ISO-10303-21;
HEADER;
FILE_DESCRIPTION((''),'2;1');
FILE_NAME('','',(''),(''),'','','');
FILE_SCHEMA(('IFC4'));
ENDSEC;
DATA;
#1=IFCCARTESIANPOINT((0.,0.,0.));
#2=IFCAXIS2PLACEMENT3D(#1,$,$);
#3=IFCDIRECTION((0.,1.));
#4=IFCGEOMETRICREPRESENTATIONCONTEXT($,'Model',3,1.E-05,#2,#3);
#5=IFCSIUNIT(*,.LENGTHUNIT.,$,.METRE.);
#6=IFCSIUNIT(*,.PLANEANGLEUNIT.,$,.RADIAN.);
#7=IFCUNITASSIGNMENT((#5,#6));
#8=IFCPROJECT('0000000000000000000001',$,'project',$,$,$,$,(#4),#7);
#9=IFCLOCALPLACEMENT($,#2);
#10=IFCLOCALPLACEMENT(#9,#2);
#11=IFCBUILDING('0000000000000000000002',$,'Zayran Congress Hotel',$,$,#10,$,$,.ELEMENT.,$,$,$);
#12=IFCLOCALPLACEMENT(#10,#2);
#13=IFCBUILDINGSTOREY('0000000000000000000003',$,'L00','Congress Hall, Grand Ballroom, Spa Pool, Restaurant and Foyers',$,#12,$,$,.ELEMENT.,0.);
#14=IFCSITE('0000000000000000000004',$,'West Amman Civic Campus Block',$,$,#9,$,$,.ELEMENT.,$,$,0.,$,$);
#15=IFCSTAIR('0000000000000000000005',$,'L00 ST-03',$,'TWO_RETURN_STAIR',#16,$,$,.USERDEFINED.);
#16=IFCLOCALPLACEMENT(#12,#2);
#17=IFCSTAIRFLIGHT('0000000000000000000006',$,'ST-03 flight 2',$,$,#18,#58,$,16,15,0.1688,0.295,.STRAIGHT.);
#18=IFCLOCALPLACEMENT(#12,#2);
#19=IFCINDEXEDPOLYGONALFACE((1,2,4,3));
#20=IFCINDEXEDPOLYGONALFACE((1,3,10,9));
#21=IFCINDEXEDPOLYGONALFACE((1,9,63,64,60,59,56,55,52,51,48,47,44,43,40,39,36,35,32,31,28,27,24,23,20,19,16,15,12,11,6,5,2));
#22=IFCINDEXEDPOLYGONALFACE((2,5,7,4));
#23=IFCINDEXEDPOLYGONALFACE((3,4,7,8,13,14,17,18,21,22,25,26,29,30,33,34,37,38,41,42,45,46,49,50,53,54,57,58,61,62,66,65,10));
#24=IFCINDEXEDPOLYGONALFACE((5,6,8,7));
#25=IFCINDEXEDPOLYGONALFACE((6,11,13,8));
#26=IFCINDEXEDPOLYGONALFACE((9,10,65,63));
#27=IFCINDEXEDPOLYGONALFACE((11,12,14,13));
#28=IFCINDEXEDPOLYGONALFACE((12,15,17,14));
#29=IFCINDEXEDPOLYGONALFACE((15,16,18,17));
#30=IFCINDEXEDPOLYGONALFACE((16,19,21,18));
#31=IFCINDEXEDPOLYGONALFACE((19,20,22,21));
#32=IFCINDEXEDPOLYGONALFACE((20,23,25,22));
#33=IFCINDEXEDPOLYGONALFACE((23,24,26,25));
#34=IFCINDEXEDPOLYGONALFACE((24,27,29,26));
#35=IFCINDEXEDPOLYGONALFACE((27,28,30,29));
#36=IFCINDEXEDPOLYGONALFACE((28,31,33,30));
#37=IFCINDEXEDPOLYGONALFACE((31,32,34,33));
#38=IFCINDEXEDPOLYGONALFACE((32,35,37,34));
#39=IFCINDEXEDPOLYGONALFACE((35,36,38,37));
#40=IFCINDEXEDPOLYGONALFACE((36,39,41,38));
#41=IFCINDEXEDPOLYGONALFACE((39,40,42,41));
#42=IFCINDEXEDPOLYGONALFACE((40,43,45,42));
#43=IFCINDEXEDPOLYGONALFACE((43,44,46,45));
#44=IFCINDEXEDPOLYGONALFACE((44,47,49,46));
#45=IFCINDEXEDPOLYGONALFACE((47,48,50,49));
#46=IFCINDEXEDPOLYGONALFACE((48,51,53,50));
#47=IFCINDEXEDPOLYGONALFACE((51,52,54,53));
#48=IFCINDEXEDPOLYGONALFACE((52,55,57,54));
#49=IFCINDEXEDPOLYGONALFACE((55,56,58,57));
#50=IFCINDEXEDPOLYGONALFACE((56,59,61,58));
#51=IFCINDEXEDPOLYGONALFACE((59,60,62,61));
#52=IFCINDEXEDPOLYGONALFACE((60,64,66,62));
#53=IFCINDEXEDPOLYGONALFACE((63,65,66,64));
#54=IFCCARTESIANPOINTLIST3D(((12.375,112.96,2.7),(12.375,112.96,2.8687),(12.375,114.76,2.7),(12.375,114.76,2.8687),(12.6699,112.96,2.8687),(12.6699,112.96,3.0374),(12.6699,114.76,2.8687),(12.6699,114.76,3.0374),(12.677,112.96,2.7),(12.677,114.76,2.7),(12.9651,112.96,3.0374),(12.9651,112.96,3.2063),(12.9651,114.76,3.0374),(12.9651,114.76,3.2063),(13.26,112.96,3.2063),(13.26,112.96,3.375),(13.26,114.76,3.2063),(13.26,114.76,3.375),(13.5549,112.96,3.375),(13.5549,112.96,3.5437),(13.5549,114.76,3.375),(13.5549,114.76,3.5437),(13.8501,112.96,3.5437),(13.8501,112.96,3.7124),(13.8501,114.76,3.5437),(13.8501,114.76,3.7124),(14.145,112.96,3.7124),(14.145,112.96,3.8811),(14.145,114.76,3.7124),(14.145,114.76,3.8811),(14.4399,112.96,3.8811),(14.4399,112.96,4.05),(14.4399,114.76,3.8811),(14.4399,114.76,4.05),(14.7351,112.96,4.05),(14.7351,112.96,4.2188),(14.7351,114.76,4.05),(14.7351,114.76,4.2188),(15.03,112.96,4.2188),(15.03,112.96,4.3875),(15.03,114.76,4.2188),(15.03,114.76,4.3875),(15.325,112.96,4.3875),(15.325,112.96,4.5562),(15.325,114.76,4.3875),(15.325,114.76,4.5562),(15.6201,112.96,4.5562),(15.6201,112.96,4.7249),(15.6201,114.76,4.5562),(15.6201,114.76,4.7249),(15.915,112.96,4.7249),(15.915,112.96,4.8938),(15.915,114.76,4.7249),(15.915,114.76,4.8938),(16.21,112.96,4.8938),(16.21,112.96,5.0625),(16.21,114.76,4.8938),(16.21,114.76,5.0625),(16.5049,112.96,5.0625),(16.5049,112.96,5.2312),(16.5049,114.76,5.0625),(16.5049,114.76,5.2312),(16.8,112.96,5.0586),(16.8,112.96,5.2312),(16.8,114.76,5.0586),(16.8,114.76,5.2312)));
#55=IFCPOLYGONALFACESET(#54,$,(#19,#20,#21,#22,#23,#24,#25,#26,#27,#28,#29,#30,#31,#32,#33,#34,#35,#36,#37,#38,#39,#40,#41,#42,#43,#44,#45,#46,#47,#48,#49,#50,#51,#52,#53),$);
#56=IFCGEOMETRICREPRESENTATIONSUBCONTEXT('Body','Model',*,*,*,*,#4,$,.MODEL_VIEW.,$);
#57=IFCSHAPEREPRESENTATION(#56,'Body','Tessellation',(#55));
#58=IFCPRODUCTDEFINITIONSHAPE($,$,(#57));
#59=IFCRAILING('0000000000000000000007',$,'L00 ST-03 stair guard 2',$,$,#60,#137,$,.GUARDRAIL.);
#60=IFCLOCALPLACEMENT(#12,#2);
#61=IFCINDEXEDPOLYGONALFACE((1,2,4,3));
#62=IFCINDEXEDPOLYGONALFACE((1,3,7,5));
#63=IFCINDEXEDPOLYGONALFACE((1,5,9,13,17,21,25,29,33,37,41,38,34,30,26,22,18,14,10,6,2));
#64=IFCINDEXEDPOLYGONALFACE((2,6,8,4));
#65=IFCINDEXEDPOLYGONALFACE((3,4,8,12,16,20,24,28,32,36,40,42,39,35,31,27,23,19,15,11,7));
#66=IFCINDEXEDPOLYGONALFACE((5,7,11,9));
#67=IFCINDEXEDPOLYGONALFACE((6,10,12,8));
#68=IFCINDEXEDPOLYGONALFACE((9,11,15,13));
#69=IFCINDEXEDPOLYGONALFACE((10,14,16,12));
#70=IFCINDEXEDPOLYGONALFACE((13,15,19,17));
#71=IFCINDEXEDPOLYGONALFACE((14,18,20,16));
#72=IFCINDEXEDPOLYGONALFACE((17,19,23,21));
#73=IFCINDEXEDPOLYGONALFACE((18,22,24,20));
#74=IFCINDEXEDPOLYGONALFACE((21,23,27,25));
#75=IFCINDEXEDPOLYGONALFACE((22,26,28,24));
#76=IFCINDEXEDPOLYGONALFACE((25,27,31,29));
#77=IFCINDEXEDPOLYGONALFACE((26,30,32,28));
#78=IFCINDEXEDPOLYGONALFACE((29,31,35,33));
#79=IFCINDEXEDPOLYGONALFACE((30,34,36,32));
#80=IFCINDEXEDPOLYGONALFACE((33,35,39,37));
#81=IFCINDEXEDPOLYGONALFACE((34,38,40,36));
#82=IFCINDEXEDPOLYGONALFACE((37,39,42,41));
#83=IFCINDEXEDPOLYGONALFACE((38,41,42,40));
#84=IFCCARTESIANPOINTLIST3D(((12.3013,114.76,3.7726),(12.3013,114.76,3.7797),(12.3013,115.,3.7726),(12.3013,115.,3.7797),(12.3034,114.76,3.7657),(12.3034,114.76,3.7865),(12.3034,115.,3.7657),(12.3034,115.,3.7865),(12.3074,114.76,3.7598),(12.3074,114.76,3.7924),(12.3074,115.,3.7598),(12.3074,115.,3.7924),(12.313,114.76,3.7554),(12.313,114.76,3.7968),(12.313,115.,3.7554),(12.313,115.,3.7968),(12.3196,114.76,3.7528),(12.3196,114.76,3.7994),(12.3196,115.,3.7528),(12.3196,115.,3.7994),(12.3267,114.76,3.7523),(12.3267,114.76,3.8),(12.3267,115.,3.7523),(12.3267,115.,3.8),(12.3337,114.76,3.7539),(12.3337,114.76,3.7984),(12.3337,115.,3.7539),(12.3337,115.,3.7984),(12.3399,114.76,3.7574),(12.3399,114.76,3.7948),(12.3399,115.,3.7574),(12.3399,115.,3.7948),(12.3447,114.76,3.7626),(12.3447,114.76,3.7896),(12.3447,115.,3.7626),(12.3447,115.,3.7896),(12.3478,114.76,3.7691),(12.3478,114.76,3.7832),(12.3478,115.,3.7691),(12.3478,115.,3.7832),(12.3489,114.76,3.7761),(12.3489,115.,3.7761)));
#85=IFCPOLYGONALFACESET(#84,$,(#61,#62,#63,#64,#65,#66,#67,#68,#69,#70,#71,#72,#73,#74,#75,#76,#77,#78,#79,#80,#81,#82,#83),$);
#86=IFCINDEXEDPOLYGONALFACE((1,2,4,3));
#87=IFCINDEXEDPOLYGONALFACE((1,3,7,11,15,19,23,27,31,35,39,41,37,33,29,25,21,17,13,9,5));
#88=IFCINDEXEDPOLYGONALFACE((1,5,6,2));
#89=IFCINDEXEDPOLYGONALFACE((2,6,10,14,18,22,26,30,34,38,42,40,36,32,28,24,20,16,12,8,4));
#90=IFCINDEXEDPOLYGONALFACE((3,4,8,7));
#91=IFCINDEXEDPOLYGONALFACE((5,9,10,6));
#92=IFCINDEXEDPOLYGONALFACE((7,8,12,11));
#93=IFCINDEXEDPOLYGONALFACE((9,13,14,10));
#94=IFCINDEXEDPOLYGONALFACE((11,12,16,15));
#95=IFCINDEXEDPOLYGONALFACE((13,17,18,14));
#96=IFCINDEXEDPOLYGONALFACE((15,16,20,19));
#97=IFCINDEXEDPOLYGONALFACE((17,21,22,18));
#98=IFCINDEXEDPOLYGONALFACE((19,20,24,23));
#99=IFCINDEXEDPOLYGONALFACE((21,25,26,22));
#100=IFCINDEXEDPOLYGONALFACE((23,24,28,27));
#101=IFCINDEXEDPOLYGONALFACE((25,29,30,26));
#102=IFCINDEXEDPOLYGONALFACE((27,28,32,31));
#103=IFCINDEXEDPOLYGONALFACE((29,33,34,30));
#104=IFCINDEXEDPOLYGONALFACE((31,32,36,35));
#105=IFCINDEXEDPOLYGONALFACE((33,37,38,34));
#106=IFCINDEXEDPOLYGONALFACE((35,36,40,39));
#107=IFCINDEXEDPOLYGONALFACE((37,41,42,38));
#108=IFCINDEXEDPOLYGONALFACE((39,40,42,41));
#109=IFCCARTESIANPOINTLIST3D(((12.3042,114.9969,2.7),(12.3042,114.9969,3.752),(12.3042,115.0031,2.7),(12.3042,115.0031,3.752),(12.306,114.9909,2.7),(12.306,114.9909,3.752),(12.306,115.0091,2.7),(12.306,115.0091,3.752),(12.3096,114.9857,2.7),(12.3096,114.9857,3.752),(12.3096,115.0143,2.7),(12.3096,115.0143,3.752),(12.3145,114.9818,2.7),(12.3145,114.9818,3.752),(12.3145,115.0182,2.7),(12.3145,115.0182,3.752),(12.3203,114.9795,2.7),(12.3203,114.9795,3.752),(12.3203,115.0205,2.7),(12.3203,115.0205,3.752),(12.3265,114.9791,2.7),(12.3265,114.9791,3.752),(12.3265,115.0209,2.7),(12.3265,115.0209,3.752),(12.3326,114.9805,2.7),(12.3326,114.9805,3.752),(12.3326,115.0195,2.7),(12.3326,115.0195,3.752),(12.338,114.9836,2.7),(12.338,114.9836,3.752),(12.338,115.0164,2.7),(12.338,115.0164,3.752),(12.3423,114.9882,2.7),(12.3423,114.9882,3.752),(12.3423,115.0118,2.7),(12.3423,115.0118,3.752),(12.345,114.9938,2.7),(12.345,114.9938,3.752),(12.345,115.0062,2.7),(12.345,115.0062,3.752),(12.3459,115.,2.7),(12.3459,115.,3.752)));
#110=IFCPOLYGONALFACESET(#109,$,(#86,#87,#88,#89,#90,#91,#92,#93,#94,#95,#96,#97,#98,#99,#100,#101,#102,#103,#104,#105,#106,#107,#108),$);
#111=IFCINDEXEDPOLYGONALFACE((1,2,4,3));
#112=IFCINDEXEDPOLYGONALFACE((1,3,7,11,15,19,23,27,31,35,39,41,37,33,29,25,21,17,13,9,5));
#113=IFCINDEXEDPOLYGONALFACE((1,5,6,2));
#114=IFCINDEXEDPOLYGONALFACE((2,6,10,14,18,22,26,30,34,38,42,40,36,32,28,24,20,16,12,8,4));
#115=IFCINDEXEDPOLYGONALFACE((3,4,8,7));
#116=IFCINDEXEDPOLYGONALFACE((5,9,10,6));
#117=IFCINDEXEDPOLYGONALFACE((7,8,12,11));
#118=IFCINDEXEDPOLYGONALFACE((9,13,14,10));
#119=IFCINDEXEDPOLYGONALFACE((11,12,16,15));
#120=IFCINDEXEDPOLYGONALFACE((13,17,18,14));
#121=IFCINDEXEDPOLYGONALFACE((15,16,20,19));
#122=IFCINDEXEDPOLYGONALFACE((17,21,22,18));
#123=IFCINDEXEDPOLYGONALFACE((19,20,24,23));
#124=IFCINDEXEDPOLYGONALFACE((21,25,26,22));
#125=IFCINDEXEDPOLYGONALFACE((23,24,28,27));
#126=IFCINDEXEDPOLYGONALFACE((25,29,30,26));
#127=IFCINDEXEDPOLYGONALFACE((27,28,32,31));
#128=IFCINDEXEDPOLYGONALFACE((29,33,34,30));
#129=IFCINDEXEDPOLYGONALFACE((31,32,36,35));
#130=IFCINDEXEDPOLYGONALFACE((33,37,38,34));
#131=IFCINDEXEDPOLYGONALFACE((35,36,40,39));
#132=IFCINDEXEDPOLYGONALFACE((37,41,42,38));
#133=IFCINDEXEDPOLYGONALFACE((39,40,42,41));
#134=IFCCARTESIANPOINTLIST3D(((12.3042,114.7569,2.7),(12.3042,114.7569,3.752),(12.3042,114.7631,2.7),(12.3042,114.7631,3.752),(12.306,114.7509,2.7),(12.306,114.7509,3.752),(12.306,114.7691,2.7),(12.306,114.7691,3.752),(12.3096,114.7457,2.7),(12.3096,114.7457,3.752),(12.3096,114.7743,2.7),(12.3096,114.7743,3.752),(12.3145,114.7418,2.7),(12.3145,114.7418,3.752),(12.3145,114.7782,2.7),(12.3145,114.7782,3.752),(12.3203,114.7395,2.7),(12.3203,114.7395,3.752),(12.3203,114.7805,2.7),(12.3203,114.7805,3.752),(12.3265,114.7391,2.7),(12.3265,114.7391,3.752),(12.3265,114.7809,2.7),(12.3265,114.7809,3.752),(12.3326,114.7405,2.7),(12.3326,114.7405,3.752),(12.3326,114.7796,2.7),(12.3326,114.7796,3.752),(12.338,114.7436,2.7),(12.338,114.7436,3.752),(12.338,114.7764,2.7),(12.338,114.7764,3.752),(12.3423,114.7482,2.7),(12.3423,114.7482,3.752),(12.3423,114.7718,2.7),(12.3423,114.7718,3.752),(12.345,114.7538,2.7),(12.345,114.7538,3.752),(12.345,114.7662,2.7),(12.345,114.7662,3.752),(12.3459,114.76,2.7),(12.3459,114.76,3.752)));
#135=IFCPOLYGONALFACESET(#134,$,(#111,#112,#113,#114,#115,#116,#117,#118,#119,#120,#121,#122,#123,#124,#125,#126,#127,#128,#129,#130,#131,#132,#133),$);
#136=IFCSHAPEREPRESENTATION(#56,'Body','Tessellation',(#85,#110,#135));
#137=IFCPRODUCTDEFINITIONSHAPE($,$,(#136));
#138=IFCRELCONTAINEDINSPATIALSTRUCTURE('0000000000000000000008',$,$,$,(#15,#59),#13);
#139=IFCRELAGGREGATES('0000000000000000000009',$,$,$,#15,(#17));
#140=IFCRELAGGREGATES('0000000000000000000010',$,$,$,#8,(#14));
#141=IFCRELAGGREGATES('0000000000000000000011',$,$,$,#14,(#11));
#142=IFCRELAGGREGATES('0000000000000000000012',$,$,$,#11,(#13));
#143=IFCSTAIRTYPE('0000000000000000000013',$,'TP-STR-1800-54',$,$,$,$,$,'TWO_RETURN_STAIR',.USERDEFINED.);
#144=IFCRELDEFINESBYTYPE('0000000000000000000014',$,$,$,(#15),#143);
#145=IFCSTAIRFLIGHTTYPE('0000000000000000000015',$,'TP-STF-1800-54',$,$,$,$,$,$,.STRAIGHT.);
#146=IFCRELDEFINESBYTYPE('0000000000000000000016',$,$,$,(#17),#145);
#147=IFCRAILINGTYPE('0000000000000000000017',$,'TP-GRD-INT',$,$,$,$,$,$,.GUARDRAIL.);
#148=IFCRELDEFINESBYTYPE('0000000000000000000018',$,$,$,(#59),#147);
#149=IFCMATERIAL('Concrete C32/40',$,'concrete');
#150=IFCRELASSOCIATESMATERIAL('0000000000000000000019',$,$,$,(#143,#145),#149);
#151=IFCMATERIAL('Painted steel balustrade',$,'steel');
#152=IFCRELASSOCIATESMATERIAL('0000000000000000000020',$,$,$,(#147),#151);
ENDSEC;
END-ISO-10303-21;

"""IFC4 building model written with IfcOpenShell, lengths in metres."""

from ifc_helpers import new_model, si_unit, direction, frame, origin, origin_2d, place, context, subcontext, project, spatial, polyline, circle, outline, extrude, material, type_object, element, aggregate, save


model = new_model("IFC4")

# Units and contexts
model_context = context("Model", 3, precision=1e-05, world=origin(), true_north=direction((0.0, 1.0)))
body_context = subcontext(model_context, "Body", "Model", "MODEL_VIEW")
ifc_project = project(units=[si_unit("LENGTHUNIT", "METRE"), si_unit("PLANEANGLEUNIT", "RADIAN")], contexts=[model_context])

# Site, building, storey
site_placement = place(None, origin())
site = spatial("IfcSite", under=ifc_project, at=site_placement, Name="West Amman Civic Campus Block", CompositionType="ELEMENT", RefElevation=0.0)
building_placement = place(site_placement, origin())
building = spatial("IfcBuilding", under=site, at=building_placement, Name="Zayran Congress Hotel", CompositionType="ELEMENT")
storey_placement = place(building_placement, origin())
storey = spatial("IfcBuildingStorey", under=building, at=storey_placement, Name="L00", Description="Congress Hall, Grand Ballroom, Spa Pool, Restaurant and Foyers", CompositionType="ELEMENT", Elevation=0.0)

# Stair, stair flight
ifc_material_1 = material(Name="Concrete C32/40", Category="concrete")
stair_type = type_object("IfcStairType", Name="TP-STR-1800-54", ElementType="TWO_RETURN_STAIR", PredefinedType="USERDEFINED", material=ifc_material_1)
stair_placement = place(storey_placement, origin())
stair = element("IfcStair", 1, at=stair_placement, inside=storey, type_object=stair_type, Name="L00 ST-03", ObjectType="TWO_RETURN_STAIR", PredefinedType="USERDEFINED")
stair_flight_type = type_object("IfcStairFlightType", Name="TP-STF-1800-54", PredefinedType="STRAIGHT", material=ifc_material_1)
stair_flight_placement = place(storey_placement, frame((12.375, 113.8601, 2.7), z_axis=(0.0, 0.0, 1.0), x_axis=(1.0, 0.0, 0.0)))
stair_flight = element("IfcStairFlight", 2, at=stair_flight_placement, type_object=stair_flight_type, Name="ST-03 flight 2", NumberOfRisers=16, NumberOfTreads=15, PredefinedType="STRAIGHT", RiserHeight=0.1688, TreadLength=0.295, context=body_context, shape_type="SweptSolid", body=[
    extrude(outline(polyline([(0.0, 0.0), (0.0, 0.1687), (0.2949, 0.1687), (0.2949, 0.3374), (0.5901, 0.3374), (0.5901, 0.5063), (0.885, 0.5063), (0.885, 0.675), (1.1799, 0.675), (1.1799, 0.8438), (1.4751, 0.8438), (1.4751, 1.0125), (1.77, 1.0125), (1.77, 1.1812), (2.0649, 1.1812), (2.0649, 1.3501), (2.3601, 1.3501), (2.3601, 1.5188), (2.655, 1.5188), (2.655, 1.6875), (2.95, 1.6875), (2.95, 1.8562), (3.2451, 1.8562), (3.2451, 2.0249), (3.54, 2.0249), (3.54, 2.1938), (3.835, 2.1938), (3.835, 2.3625), (4.1299, 2.3625), (4.1299, 2.5312), (4.425, 2.5312), (4.425, 2.7), (4.425, 2.3586), (0.302, 0.0), (0.0, 0.0)])), frame((0.0, 0.8999, 0.0), z_axis=(0.0, -1.0, 0.0), x_axis=(1.0, 0.0, 0.0)), (0.0, 0.0, 1.0), 1.8),
])
aggregate(stair, [stair_flight])

# Railing
ifc_material_2 = material(Name="Painted steel balustrade", Category="steel")
railing_type_1 = type_object("IfcRailingType", Name="TP-GRD-INT", PredefinedType="GUARDRAIL", material=ifc_material_2)
railing_1_placement = place(storey_placement, frame((12.325, 115.0, 2.7)))
element("IfcRailing", 3, at=railing_1_placement, inside=storey, type_object=railing_type_1, Name="L00 ST-03 stair guard 2", PredefinedType="GUARDRAIL", context=body_context, shape_type="SweptSolid", body=[
    extrude(circle(Radius=0.0239, at=origin_2d()), frame((0.0, 0.0, 1.0762), z_axis=(0.0, -1.0, 0.0), x_axis=(1.0, 0.0, 0.0)), (0.0, 0.0, 1.0), 0.24),
    extrude(circle(Radius=0.021, at=origin_2d()), origin(), (0.0, 0.0, 1.0), 1.052),
    extrude(circle(Radius=0.021, at=origin_2d()), frame((0.0, -0.24, 0.0)), (0.0, 0.0, 1.0), 1.052),
])

save(model, "model.ifc")
